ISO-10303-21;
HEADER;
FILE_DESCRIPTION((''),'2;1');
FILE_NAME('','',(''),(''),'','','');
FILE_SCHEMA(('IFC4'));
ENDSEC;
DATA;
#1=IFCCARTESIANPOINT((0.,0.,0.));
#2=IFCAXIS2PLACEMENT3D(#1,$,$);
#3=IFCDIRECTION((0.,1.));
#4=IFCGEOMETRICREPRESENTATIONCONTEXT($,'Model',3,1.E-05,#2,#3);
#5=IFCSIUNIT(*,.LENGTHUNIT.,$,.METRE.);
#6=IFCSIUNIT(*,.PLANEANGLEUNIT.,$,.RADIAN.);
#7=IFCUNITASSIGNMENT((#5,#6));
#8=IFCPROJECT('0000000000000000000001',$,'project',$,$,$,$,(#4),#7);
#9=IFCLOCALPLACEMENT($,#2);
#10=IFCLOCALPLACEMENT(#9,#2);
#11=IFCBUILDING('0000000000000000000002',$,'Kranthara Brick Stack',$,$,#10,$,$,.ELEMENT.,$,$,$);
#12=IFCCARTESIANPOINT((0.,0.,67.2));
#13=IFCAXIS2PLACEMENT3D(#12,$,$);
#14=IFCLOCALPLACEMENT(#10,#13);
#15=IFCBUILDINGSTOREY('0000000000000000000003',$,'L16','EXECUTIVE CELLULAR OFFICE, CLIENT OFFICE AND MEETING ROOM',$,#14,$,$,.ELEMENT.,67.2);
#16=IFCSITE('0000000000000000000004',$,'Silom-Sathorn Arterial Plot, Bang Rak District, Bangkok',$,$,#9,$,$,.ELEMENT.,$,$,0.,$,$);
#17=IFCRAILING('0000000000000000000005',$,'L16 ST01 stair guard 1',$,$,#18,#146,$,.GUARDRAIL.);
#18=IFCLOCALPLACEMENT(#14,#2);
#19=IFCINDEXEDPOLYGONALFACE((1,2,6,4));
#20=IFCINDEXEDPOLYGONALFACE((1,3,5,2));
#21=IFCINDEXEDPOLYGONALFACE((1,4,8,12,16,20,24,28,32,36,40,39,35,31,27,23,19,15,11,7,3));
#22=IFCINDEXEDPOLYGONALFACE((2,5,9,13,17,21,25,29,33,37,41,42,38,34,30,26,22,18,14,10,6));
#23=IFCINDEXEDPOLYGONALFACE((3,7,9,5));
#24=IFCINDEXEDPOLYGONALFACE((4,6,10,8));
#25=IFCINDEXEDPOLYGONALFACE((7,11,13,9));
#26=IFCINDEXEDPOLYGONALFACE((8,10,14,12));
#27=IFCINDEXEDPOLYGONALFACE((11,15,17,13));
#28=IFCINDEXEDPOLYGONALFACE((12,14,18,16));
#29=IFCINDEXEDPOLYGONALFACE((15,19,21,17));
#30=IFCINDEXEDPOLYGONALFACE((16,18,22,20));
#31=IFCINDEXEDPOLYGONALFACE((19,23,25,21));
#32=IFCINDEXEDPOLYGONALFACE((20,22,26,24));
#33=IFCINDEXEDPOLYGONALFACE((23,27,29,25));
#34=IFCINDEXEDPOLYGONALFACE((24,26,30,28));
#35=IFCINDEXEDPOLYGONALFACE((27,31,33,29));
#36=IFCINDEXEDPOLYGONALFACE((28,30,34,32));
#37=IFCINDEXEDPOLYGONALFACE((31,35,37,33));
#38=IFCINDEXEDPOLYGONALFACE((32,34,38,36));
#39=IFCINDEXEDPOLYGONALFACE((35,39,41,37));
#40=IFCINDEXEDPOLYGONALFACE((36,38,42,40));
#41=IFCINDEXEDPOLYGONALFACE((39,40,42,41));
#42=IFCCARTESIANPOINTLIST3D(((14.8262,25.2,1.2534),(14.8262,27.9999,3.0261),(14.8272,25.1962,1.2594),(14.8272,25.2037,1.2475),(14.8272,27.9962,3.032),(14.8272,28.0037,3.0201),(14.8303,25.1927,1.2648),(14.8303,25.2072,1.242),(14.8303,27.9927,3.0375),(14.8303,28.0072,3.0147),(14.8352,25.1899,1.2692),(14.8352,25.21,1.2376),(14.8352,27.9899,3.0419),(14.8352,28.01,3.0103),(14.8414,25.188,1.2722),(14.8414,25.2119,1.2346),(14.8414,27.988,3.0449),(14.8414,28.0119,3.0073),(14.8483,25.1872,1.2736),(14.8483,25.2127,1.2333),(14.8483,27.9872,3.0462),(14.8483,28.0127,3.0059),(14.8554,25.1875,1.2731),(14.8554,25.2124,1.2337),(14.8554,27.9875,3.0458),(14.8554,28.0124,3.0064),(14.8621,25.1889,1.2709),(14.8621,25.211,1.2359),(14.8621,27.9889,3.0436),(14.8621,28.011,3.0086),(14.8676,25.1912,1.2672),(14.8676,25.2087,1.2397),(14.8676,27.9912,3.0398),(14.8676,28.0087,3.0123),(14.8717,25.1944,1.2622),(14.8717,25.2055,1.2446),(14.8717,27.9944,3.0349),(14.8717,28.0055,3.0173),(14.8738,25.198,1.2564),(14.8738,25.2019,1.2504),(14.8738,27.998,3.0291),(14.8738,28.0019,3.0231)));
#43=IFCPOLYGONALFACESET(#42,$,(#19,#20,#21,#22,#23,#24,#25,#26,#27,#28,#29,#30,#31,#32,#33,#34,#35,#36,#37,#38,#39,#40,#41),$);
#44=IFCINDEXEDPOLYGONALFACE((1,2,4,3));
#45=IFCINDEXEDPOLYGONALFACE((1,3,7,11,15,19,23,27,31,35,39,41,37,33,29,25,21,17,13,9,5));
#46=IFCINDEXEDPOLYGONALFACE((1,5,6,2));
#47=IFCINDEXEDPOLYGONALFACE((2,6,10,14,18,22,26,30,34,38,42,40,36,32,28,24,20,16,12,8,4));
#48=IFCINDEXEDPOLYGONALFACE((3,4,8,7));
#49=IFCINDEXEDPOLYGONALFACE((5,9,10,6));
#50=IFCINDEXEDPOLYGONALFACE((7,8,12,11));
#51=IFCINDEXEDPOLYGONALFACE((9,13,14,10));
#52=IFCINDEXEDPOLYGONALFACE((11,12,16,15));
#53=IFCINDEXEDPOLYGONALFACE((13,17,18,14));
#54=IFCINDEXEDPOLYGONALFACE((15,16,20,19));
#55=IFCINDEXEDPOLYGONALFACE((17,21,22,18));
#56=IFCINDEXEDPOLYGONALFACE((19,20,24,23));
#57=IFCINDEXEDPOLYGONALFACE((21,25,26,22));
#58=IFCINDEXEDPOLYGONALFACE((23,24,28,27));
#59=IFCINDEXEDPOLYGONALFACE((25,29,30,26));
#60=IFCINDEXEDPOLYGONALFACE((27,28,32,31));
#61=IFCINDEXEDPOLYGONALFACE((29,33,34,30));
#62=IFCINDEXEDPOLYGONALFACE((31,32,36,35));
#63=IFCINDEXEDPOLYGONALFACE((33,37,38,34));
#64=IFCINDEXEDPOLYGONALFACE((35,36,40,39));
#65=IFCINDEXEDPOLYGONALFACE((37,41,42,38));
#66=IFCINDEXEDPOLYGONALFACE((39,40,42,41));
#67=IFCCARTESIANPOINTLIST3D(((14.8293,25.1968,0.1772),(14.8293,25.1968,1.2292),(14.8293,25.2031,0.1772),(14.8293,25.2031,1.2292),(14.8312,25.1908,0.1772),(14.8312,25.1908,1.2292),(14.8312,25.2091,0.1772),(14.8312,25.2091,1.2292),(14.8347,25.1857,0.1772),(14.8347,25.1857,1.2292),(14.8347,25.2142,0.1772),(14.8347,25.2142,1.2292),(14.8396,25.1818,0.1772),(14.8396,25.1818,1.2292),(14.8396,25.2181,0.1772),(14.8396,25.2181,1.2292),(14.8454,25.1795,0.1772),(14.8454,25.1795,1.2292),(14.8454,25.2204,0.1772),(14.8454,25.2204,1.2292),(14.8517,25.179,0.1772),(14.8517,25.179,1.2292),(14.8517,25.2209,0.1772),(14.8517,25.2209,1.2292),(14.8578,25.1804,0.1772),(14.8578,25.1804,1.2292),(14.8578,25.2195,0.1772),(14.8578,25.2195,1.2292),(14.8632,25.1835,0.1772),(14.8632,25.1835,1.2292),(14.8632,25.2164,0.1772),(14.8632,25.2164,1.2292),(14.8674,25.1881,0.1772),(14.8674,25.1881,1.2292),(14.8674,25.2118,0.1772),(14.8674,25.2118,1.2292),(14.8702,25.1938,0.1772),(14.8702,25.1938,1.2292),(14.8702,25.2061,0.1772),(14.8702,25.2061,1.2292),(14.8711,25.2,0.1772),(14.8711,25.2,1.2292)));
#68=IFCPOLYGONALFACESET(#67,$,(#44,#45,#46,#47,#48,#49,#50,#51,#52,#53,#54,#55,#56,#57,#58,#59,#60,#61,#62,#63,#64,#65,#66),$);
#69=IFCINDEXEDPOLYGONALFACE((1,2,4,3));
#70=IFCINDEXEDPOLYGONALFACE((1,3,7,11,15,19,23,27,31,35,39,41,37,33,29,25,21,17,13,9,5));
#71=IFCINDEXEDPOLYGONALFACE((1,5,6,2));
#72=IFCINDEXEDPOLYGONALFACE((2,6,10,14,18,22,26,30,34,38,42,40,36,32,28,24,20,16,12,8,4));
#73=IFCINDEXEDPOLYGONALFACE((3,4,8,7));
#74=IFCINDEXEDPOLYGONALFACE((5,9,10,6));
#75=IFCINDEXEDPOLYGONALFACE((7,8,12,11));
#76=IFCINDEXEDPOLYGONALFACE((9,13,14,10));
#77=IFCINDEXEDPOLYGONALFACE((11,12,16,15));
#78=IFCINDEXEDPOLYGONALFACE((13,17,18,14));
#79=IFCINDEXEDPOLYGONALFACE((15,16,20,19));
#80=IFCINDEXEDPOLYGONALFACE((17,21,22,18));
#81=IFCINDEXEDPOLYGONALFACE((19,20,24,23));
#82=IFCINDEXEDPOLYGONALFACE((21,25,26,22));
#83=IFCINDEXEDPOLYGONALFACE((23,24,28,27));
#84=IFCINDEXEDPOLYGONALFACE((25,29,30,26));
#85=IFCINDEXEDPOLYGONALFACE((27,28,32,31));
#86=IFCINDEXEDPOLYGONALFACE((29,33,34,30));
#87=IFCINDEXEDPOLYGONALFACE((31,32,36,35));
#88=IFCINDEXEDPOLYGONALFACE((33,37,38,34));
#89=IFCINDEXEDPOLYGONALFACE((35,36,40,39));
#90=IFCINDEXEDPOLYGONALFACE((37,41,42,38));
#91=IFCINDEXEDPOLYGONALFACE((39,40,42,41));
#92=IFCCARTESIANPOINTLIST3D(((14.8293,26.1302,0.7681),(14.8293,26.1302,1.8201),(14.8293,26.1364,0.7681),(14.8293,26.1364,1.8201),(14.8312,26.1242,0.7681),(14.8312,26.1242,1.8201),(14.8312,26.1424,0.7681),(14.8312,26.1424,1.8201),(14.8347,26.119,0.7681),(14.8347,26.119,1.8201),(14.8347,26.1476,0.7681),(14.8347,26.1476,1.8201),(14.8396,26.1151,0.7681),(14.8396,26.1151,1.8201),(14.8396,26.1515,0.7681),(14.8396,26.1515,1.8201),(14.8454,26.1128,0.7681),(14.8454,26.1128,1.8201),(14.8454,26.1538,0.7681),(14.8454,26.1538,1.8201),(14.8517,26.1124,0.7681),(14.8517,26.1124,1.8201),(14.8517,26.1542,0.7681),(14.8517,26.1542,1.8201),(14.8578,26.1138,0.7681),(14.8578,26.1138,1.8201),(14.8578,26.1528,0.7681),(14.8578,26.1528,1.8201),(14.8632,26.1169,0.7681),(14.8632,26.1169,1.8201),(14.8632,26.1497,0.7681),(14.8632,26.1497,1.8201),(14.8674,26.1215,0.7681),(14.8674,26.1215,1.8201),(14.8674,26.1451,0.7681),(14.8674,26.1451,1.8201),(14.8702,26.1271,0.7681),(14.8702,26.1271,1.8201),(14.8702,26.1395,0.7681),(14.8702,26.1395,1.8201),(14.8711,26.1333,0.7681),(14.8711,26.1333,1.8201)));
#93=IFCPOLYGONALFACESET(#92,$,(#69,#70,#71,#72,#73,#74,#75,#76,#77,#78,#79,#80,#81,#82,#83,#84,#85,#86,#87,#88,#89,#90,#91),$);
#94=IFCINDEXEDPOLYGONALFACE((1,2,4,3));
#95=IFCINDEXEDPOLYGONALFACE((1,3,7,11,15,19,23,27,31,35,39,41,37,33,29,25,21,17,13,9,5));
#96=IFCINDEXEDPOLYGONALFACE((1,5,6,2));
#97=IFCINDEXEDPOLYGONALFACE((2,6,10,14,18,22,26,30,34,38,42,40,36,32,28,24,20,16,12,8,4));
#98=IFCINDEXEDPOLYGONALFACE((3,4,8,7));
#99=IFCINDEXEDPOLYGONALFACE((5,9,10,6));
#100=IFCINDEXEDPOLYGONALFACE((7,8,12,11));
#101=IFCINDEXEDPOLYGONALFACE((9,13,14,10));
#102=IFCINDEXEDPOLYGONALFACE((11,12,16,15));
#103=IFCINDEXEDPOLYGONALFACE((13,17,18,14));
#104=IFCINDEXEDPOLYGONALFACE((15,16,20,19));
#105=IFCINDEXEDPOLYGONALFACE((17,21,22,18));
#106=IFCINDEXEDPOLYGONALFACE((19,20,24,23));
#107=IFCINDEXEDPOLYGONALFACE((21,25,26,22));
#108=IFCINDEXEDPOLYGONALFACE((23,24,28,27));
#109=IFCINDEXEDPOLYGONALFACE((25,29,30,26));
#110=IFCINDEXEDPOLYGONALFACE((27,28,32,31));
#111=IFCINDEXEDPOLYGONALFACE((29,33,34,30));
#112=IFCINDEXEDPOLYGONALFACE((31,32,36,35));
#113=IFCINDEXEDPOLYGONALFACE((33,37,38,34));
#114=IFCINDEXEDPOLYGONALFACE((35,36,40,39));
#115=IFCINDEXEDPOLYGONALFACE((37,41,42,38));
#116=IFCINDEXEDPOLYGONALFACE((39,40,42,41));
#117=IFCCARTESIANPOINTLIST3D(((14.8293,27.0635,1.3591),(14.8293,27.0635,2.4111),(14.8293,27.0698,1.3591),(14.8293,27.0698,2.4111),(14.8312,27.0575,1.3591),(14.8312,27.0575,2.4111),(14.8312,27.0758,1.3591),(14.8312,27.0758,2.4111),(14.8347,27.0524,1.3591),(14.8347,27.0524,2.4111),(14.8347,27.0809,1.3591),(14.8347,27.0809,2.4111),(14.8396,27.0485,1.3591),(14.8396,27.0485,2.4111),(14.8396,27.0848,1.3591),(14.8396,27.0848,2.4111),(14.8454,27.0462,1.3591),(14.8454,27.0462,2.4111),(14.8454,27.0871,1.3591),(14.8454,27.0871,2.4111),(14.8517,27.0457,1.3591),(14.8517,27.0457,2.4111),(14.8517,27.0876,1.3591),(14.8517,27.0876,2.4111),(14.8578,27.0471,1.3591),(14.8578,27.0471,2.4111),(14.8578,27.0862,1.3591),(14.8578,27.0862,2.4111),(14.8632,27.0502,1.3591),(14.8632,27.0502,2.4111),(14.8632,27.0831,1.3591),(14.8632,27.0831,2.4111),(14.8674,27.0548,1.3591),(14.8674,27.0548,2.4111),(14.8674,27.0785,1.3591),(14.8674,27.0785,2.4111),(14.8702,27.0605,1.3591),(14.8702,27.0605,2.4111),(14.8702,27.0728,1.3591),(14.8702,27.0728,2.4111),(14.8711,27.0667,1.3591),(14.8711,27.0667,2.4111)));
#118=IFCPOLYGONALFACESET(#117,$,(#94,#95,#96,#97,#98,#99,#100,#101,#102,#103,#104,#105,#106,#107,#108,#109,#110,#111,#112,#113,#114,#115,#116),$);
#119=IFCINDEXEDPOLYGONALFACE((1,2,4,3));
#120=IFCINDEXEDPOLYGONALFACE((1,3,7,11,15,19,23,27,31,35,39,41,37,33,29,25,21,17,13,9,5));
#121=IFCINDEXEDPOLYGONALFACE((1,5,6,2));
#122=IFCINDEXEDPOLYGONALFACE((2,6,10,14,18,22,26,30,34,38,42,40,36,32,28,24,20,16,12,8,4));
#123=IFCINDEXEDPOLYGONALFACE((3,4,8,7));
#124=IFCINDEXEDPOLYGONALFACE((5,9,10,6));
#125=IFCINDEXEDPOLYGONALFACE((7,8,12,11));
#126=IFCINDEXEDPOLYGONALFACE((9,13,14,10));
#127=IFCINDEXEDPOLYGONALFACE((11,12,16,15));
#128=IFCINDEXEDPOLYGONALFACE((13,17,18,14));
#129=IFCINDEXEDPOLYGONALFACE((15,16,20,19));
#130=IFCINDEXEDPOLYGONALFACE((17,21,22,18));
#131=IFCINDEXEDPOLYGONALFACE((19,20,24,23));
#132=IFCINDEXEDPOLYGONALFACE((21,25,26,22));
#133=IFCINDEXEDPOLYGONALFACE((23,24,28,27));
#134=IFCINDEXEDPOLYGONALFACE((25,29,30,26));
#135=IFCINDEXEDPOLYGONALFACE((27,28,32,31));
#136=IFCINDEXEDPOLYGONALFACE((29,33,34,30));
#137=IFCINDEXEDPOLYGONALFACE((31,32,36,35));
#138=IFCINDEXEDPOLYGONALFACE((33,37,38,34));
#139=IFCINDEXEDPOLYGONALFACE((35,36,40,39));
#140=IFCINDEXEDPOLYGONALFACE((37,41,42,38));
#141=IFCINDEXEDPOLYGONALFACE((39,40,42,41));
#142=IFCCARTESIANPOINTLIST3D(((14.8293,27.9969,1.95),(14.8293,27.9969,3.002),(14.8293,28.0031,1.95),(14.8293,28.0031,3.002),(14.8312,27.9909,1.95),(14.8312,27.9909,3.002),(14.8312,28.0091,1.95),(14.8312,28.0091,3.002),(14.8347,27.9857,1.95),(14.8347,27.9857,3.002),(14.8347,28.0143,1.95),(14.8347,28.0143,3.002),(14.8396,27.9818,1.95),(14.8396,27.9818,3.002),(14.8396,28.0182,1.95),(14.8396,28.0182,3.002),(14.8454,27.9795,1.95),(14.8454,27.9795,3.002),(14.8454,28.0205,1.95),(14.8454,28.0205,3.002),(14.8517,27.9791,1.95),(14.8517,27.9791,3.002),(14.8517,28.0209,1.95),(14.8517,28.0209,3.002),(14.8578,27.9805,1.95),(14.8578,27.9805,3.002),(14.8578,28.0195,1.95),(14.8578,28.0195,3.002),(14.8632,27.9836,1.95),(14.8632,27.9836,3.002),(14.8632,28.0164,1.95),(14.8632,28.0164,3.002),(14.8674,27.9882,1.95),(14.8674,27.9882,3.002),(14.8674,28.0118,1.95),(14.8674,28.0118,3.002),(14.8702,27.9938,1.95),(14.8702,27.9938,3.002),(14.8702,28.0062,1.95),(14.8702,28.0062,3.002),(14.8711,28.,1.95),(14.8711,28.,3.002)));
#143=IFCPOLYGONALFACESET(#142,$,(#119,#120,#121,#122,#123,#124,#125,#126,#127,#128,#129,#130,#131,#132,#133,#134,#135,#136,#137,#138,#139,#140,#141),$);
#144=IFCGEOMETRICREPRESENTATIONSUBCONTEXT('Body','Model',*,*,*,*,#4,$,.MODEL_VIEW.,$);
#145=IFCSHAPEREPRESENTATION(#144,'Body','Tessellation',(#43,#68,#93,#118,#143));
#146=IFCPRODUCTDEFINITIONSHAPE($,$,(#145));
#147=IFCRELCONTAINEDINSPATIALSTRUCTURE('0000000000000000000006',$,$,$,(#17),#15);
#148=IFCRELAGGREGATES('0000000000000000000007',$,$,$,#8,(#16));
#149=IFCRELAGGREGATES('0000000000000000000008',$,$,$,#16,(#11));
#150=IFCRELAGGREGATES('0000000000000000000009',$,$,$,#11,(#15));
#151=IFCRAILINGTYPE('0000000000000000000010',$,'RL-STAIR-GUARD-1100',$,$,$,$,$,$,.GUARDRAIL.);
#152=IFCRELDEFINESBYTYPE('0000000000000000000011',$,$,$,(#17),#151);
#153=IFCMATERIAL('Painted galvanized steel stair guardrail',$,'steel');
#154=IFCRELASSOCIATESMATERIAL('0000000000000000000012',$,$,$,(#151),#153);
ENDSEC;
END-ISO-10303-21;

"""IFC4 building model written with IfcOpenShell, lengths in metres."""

from ifc_helpers import new_model, si_unit, direction, frame, origin, origin_2d, place, context, subcontext, project, spatial, circle, extrude, material, type_object, element, save


model = new_model("IFC4")

# Units and contexts
model_context = context("Model", 3, precision=1e-05, world=origin(), true_north=direction((0.0, 1.0)))
body_context = subcontext(model_context, "Body", "Model", "MODEL_VIEW")
ifc_project = project(units=[si_unit("LENGTHUNIT", "METRE"), si_unit("PLANEANGLEUNIT", "RADIAN")], contexts=[model_context])

# Site, building, storey
site_placement = place(None, origin())
site = spatial("IfcSite", under=ifc_project, at=site_placement, Name="Silom-Sathorn Arterial Plot, Bang Rak District, Bangkok", CompositionType="ELEMENT", RefElevation=0.0)
building_placement = place(site_placement, origin())
building = spatial("IfcBuilding", under=site, at=building_placement, Name="Kranthara Brick Stack", CompositionType="ELEMENT")
storey_placement = place(building_placement, frame((0.0, 0.0, 67.2)))
storey = spatial("IfcBuildingStorey", under=building, at=storey_placement, Name="L16", Description="EXECUTIVE CELLULAR OFFICE, CLIENT OFFICE AND MEETING ROOM", CompositionType="ELEMENT", Elevation=67.2)

# Railing
ifc_material_1 = material(Name="Painted galvanized steel stair guardrail", Category="steel")
railing_type_1 = type_object("IfcRailingType", Name="RL-STAIR-GUARD-1100", PredefinedType="GUARDRAIL", material=ifc_material_1)
railing_1_placement = place(storey_placement, frame((14.8501, 25.2, 0.1772)))
element("IfcRailing", 1, at=railing_1_placement, inside=storey, type_object=railing_type_1, Name="L16 ST01 stair guard 1", PredefinedType="GUARDRAIL", context=body_context, shape_type="SweptSolid", body=[
    extrude(circle(Radius=0.0239, at=origin_2d()), frame((0.0, 0.0, 1.0762), z_axis=(0.0, 0.844909, 0.53491), x_axis=(-1.0, 0.0, 0.0)), (0.0, 0.0, 1.0), 3.314),
    extrude(circle(Radius=0.021, at=origin_2d()), origin(), (0.0, 0.0, 1.0), 1.052),
    extrude(circle(Radius=0.021, at=origin_2d()), frame((0.0, 0.9333, 0.5908)), (0.0, 0.0, 1.0), 1.052),
    extrude(circle(Radius=0.021, at=origin_2d()), frame((0.0, 1.8667, 1.1819)), (0.0, 0.0, 1.0), 1.052),
    extrude(circle(Radius=0.021, at=origin_2d()), frame((0.0, 2.8, 1.7727)), (0.0, 0.0, 1.0), 1.052),
])

save(model, "model.ifc")
